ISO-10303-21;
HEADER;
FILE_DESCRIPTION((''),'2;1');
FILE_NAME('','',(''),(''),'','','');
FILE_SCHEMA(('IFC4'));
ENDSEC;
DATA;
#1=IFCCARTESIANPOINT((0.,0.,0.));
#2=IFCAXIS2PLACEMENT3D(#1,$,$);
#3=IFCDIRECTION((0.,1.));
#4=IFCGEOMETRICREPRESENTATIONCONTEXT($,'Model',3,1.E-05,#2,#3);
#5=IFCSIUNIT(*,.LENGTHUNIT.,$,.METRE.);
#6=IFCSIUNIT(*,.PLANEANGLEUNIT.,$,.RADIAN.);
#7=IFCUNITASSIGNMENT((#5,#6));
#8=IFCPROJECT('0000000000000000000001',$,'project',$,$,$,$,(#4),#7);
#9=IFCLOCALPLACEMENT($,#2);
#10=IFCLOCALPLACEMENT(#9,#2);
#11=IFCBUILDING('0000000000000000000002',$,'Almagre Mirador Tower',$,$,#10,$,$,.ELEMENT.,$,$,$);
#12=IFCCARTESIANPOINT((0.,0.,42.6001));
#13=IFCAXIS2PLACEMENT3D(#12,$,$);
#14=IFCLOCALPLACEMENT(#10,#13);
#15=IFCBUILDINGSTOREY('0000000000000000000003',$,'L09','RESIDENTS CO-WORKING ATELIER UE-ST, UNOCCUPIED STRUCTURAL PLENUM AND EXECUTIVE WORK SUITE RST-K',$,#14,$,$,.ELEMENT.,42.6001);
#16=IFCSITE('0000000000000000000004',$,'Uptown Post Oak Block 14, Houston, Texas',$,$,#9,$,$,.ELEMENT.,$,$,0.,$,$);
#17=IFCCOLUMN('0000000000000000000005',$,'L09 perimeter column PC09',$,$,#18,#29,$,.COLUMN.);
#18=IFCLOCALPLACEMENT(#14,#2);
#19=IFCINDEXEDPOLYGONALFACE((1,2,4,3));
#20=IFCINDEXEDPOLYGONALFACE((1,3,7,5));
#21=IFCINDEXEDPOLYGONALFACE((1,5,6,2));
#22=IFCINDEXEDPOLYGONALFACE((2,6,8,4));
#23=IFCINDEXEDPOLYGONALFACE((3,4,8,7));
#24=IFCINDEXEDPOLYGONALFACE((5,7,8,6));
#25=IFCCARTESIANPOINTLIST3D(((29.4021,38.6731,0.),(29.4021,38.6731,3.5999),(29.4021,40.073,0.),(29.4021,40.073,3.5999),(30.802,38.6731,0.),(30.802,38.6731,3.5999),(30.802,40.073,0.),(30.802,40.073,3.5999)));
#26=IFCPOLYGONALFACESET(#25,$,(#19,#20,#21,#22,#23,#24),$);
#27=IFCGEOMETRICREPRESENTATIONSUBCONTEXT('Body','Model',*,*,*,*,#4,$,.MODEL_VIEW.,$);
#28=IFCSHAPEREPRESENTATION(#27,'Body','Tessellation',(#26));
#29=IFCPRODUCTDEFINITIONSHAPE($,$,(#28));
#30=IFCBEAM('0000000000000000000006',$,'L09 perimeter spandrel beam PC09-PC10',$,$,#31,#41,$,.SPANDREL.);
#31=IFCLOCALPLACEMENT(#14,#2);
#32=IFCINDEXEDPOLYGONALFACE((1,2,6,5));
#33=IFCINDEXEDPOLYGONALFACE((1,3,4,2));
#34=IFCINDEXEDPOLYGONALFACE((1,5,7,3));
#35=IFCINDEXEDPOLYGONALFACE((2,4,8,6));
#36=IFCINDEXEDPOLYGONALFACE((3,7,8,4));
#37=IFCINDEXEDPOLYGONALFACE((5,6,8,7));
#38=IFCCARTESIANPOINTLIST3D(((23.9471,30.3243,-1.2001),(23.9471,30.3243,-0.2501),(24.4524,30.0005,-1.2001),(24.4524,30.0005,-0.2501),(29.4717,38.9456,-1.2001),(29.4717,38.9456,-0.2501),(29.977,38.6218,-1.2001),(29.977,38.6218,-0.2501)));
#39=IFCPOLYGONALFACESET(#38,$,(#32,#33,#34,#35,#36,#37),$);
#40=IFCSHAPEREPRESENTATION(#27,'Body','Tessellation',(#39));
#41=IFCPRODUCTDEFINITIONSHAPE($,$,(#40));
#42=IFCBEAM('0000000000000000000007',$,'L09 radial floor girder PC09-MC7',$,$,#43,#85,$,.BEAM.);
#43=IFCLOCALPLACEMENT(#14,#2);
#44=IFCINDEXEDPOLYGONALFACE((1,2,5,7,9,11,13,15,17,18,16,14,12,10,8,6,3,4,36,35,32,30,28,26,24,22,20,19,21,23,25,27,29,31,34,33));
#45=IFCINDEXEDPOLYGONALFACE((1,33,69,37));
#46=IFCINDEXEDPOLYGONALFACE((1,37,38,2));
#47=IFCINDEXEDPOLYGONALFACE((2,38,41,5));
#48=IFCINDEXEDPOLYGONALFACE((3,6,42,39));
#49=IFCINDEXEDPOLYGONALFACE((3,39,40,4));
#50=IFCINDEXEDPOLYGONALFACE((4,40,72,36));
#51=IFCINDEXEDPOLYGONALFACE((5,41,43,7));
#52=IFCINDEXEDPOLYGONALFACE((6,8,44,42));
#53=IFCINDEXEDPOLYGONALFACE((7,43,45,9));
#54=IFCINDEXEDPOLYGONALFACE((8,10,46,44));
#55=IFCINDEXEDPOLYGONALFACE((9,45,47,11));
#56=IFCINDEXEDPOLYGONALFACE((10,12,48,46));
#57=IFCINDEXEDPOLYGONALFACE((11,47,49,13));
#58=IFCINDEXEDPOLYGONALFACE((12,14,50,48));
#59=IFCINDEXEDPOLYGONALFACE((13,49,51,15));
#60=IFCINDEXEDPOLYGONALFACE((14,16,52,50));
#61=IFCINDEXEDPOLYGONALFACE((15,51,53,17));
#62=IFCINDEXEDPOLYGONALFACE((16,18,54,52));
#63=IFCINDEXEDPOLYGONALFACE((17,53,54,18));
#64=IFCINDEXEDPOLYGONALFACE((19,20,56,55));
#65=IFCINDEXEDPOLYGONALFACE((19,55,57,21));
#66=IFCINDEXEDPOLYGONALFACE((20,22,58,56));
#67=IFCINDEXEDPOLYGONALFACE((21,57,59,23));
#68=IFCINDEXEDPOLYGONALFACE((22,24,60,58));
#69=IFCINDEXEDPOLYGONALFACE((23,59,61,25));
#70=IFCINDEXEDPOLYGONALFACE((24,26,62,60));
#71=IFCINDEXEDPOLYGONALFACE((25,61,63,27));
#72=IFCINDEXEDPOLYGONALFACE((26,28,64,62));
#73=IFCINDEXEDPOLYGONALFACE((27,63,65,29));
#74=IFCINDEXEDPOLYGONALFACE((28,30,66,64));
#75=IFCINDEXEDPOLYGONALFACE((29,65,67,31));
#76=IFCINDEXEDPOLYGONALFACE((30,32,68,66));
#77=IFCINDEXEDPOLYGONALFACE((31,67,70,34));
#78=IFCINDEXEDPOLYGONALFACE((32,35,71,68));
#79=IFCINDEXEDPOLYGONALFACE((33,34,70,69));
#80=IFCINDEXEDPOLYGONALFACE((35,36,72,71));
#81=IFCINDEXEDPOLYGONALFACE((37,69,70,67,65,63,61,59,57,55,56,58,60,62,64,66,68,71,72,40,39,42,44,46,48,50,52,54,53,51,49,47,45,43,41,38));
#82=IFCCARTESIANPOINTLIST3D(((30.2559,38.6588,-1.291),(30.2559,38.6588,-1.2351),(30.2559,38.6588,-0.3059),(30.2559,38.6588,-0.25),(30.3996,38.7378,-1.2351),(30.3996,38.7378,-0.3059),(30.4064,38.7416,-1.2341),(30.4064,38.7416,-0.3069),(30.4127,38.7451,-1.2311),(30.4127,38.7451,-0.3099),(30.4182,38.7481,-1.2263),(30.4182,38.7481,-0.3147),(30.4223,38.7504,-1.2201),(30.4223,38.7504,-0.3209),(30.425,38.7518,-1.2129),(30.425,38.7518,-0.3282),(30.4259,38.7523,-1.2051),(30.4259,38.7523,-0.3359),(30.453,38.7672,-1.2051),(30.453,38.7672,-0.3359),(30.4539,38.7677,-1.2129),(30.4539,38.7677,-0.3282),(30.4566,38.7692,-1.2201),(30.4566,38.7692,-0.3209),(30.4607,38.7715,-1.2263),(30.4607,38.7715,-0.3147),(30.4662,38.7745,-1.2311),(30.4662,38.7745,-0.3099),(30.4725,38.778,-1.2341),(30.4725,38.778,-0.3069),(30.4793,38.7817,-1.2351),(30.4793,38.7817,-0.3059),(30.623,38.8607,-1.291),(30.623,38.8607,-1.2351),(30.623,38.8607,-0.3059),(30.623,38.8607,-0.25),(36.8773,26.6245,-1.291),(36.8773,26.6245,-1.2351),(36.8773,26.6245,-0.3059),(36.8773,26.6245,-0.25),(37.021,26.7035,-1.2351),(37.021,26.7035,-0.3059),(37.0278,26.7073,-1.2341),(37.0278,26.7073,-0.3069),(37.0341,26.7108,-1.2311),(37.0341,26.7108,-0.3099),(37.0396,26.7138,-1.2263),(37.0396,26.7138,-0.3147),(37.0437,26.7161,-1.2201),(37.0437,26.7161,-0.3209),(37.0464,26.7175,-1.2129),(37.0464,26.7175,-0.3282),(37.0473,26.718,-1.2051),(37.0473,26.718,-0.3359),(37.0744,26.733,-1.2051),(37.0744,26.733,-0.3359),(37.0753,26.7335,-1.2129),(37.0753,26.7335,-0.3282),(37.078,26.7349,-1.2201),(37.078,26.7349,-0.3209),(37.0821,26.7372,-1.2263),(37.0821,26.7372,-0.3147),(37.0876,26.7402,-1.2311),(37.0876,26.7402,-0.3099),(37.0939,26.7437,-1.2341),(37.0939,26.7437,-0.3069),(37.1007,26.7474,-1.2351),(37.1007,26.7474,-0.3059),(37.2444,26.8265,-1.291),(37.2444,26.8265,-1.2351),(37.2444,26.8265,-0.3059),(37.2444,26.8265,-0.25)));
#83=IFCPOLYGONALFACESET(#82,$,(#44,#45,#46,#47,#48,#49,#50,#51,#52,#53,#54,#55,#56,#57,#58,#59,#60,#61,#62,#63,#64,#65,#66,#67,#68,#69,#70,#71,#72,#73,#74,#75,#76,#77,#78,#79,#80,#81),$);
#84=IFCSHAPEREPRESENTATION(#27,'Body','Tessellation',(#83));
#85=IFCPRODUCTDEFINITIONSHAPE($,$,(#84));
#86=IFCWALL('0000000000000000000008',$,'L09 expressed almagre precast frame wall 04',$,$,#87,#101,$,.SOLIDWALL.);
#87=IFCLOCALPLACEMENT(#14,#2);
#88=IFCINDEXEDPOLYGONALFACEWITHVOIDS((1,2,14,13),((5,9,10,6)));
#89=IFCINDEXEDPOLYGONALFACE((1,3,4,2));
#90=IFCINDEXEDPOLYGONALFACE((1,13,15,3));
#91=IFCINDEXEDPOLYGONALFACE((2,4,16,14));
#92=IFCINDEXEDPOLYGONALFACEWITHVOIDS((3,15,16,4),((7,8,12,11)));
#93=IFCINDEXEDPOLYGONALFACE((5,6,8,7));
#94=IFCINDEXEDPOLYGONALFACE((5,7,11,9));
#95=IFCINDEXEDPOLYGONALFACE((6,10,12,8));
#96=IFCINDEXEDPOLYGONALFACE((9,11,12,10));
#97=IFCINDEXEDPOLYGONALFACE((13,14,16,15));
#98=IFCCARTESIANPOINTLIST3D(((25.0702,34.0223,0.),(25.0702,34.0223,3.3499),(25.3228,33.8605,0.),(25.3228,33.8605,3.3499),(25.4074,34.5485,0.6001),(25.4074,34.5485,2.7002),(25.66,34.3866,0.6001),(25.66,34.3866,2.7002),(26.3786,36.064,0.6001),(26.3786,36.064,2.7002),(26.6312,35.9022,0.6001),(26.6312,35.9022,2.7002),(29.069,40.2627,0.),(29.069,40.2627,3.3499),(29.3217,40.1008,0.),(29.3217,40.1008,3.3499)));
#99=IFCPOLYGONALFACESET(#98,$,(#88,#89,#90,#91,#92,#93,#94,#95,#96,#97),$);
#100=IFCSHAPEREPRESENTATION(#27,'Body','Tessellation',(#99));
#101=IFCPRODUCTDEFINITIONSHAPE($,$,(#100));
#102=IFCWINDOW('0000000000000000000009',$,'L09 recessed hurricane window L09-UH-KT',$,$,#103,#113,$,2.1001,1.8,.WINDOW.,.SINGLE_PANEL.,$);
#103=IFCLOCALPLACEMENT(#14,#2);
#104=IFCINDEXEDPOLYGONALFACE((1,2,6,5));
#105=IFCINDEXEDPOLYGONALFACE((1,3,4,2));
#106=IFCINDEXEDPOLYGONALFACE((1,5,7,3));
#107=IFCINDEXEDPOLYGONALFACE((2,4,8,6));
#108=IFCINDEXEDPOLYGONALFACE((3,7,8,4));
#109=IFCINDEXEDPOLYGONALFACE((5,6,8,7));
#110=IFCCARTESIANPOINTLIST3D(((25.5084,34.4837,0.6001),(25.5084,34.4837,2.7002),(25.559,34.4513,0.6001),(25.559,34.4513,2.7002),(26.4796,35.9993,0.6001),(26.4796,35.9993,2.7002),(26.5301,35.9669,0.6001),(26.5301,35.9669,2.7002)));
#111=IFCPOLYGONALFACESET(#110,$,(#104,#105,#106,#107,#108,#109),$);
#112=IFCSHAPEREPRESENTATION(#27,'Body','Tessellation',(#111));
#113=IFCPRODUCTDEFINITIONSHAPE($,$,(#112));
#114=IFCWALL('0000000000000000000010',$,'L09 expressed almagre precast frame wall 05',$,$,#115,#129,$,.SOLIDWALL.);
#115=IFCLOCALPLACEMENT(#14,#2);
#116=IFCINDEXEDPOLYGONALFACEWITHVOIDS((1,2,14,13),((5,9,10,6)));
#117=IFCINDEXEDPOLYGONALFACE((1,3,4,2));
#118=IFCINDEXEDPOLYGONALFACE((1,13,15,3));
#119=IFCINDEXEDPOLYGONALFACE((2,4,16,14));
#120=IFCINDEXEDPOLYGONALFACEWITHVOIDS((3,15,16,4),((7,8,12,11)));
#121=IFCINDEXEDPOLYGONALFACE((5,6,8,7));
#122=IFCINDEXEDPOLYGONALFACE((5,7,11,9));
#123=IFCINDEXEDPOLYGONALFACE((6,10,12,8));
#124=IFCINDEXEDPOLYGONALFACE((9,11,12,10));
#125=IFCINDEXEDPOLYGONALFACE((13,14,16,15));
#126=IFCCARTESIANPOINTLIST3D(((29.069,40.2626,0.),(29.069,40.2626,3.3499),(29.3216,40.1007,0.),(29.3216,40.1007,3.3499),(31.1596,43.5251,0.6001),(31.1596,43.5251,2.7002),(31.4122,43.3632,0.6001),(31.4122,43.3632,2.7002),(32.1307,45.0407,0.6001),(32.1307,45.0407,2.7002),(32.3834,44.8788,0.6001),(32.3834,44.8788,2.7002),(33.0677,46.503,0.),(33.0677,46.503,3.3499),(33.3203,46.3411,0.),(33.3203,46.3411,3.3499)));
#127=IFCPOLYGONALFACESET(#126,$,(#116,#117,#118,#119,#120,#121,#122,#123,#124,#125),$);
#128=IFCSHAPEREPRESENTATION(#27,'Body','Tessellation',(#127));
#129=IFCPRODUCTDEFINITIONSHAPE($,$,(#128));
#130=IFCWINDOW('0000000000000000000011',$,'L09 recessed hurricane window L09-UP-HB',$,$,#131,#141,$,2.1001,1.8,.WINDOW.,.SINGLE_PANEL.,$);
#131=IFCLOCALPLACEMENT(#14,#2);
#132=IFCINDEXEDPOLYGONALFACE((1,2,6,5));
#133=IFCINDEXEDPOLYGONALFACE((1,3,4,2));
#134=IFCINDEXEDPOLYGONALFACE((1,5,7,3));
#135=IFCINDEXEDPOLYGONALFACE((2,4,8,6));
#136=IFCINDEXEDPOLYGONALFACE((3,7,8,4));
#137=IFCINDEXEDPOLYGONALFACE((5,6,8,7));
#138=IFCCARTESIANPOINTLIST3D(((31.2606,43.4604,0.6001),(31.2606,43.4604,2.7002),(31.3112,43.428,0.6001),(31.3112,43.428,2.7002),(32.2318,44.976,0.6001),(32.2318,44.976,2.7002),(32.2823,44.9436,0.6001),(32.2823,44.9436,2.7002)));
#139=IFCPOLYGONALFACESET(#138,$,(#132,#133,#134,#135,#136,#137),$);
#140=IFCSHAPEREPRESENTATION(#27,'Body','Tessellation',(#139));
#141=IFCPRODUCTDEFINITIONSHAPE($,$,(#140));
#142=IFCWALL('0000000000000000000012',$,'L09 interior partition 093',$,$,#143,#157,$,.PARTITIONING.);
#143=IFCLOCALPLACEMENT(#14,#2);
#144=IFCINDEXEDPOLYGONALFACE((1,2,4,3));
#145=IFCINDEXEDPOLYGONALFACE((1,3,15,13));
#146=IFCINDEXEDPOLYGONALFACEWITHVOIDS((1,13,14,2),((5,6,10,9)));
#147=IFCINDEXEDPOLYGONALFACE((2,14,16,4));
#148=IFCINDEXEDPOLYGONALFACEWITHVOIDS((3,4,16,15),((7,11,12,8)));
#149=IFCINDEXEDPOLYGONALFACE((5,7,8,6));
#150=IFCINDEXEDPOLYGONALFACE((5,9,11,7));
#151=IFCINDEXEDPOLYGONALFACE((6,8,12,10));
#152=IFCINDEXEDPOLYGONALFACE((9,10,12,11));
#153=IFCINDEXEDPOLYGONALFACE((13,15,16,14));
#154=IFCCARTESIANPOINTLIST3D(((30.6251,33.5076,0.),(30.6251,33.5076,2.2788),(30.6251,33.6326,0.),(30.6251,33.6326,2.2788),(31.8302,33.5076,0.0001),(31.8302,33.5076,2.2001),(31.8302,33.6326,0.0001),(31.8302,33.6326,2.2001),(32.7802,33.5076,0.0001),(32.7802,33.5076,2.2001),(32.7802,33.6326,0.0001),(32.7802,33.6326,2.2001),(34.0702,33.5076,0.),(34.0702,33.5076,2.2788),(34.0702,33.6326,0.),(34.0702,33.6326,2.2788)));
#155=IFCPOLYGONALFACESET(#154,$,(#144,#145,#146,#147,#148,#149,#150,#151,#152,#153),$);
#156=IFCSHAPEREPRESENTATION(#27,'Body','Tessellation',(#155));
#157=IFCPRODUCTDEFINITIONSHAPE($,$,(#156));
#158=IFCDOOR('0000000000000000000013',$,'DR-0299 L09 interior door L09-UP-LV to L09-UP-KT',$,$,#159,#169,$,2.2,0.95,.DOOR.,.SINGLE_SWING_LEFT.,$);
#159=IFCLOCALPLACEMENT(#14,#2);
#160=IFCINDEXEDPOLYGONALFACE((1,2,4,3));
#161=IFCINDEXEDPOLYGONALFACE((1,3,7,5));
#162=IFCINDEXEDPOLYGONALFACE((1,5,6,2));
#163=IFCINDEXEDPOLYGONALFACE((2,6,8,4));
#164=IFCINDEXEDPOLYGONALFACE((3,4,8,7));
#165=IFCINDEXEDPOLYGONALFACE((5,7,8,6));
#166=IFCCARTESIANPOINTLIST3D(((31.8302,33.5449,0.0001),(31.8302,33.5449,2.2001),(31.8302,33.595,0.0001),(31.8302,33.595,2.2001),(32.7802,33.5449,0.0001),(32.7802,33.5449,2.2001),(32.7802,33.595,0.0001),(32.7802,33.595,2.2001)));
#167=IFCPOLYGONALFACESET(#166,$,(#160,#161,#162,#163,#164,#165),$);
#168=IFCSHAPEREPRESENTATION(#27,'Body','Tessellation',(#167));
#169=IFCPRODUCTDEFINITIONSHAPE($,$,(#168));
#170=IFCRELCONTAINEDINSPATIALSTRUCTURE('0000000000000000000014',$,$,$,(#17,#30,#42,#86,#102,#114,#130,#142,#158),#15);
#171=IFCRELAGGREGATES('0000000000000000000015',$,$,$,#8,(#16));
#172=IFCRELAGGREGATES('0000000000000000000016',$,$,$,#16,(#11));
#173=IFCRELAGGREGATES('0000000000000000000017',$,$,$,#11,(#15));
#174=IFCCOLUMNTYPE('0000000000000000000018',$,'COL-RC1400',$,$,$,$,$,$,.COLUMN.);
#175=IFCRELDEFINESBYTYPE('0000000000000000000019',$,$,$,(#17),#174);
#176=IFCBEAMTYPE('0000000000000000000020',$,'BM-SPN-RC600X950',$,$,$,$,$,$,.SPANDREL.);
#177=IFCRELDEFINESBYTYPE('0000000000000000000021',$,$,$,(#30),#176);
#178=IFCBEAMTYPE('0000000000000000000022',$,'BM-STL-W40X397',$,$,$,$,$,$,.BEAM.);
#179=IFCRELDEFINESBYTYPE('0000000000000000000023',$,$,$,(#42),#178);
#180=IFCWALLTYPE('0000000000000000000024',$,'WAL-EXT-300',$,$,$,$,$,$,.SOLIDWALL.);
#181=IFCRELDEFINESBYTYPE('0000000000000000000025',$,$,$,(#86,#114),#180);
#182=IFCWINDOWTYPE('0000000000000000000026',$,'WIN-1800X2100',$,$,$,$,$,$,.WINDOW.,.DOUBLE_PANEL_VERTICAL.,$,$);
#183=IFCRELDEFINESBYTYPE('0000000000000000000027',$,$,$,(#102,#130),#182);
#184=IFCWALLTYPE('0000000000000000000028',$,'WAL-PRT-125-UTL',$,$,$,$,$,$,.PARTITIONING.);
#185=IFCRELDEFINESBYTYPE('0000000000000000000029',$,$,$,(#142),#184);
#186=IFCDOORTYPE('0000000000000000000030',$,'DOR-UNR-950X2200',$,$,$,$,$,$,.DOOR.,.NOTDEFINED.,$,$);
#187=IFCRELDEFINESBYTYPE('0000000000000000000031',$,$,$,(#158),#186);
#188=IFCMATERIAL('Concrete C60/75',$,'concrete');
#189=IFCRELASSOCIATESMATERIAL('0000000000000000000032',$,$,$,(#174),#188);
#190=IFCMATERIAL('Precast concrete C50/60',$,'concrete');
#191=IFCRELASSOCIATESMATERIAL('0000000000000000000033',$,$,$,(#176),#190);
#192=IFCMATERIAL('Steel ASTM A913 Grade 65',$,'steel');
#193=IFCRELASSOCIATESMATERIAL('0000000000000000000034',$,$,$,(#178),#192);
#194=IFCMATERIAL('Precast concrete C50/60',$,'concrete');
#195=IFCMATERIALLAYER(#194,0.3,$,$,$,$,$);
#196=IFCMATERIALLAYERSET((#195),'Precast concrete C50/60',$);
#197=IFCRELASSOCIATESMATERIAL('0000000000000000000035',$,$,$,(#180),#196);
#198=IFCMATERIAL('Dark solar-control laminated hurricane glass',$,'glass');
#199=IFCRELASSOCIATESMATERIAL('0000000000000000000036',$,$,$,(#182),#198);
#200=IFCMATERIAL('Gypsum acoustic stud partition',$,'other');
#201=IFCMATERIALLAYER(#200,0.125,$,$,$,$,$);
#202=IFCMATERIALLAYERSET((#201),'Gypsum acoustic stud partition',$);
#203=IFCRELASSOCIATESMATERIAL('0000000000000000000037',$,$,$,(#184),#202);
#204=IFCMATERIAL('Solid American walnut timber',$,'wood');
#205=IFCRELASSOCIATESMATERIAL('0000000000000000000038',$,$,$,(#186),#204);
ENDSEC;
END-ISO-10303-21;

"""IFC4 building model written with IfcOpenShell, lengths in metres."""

from ifc_helpers import new_model, si_unit, direction, frame, frame_2d, origin, origin_2d, place, context, subcontext, project, spatial, rectangle, i_section, extrude, material, layer, layer_set, material_profile, profile_set, type_object, element, fill, save


model = new_model("IFC4")

# Units and contexts
model_context = context("Model", 3, precision=1e-05, world=origin(), true_north=direction((0.0, 1.0)))
body_context = subcontext(model_context, "Body", "Model", "MODEL_VIEW")
ifc_project = project(units=[si_unit("LENGTHUNIT", "METRE"), si_unit("PLANEANGLEUNIT", "RADIAN")], contexts=[model_context])

# Site, building, storey
site_placement = place(None, origin())
site = spatial("IfcSite", under=ifc_project, at=site_placement, Name="Uptown Post Oak Block 14, Houston, Texas", CompositionType="ELEMENT", RefElevation=0.0)
building_placement = place(site_placement, origin())
building = spatial("IfcBuilding", under=site, at=building_placement, Name="Almagre Mirador Tower", CompositionType="ELEMENT")
storey_placement = place(building_placement, frame((0.0, 0.0, 42.6001)))
storey = spatial("IfcBuildingStorey", under=building, at=storey_placement, Name="L09", Description="RESIDENTS CO-WORKING ATELIER UE-ST, UNOCCUPIED STRUCTURAL PLENUM AND EXECUTIVE WORK SUITE RST-K", CompositionType="ELEMENT", Elevation=42.6001)

# Column
ifc_material_1 = material(Name="Concrete C60/75", Category="concrete")
ifc_material_profile_1 = material_profile(ifc_material_1, rectangle(XDim=1.3999, YDim=1.3999, at=origin_2d()), Name="RC1400X1400")
ifc_profile_set_1 = profile_set([ifc_material_profile_1], Name="Concrete C60/75")
column_type = type_object("IfcColumnType", Name="COL-RC1400", PredefinedType="COLUMN", material=ifc_profile_set_1)
column_placement = place(storey_placement, frame((30.1021, 39.373, 0.0), z_axis=(0.0, 0.0, 1.0), x_axis=(1.0, 0.0, 0.0)))
element("IfcColumn", 1, at=column_placement, inside=storey, type_object=column_type, Name="L09 perimeter column PC09", PredefinedType="COLUMN", context=body_context, shape_type="SweptSolid", body=[
    extrude(rectangle(XDim=1.3999, YDim=1.3999, at=origin_2d()), origin(), (0.0, 0.0, 1.0), 3.5999),
])

# Beams
ifc_material_2 = material(Name="Precast concrete C50/60", Category="concrete")
ifc_material_profile_2 = material_profile(ifc_material_2, rectangle(XDim=0.6001, YDim=0.95, at=origin_2d()), Name="RC600X950")
ifc_profile_set_2 = profile_set([ifc_material_profile_2], Name="Precast concrete C50/60")
beam_type_1 = type_object("IfcBeamType", Name="BM-SPN-RC600X950", PredefinedType="SPANDREL", material=ifc_profile_set_2)
beam_1_placement = place(storey_placement, frame((29.7244, 38.7837, -0.7251), z_axis=(-0.539539, -0.841961, 0.0), x_axis=(0.841961, -0.539539, 0.0)))
element("IfcBeam", 2, at=beam_1_placement, inside=storey, type_object=beam_type_1, Name="L09 perimeter spandrel beam PC09-PC10", PredefinedType="SPANDREL", context=body_context, shape_type="SweptSolid", body=[
    extrude(rectangle(XDim=0.6001, YDim=0.95, at=origin_2d()), origin(), (0.0, 0.0, 1.0), 10.2395),
])
ifc_material_3 = material(Name="Steel ASTM A913 Grade 65", Category="steel")
ifc_material_profile_3 = material_profile(ifc_material_3, i_section(OverallWidth=0.4189, OverallDepth=1.041, WebThickness=0.031, FlangeThickness=0.0559, FilletRadius=0.03, at=origin_2d()), Name="W40X397")
ifc_profile_set_3 = profile_set([ifc_material_profile_3], Name="Steel ASTM A913 Grade 65")
beam_type_2 = type_object("IfcBeamType", Name="BM-STL-W40X397", PredefinedType="BEAM", material=ifc_profile_set_3)
beam_2_placement = place(storey_placement, frame((30.4395, 38.7598, -0.7705), z_axis=(0.482061, -0.876138, 0.0), x_axis=(0.876138, 0.482061, 0.0)))
element("IfcBeam", 3, at=beam_2_placement, inside=storey, type_object=beam_type_2, Name="L09 radial floor girder PC09-MC7", PredefinedType="BEAM", context=body_context, shape_type="SweptSolid", body=[
    extrude(i_section(OverallWidth=0.4189, OverallDepth=1.041, WebThickness=0.031, FlangeThickness=0.0559, FilletRadius=0.03, at=origin_2d()), origin(), (0.0, 0.0, 1.0), 13.7356),
])

# Walls, openings, windows
ifc_material_4 = material(Name="Precast concrete C50/60", Category="concrete")
ifc_layer_1 = layer(ifc_material_4, 0.3)
ifc_layer_set_1 = layer_set([ifc_layer_1], Name="Precast concrete C50/60")
wall_type_1 = type_object("IfcWallType", Name="WAL-EXT-300", PredefinedType="SOLIDWALL", material=ifc_layer_set_1)
wall_1_placement = place(storey_placement, frame((25.1965, 33.9414, 0.0), z_axis=(0.0, 0.0, 1.0), x_axis=(0.539535, 0.841963, 0.0)))
wall_1 = element("IfcWall", 4, at=wall_1_placement, inside=storey, type_object=wall_type_1, Name="L09 expressed almagre precast frame wall 04", PredefinedType="SOLIDWALL", context=body_context, shape_type="SweptSolid", body=[
    extrude(rectangle(XDim=7.4116, YDim=0.3, at=frame_2d((3.7058, 0.0))), origin(), (0.0, 0.0, 1.0), 3.3499),
])
opening_1_placement = place(wall_1_placement, frame((0.625, 0.0, 0.6001)))
opening_1 = element("IfcOpeningElement", 5, at=opening_1_placement, cuts=wall_1, PredefinedType="OPENING", context=body_context, shape_type="SweptSolid", body=[
    extrude(rectangle(XDim=1.8, YDim=2.1001, at=frame_2d((0.8999, 1.05))), frame((0.0, 0.1599, 0.0), z_axis=(0.0, -1.0, 0.0), x_axis=(1.0, 0.0, 0.0)), (0.0, 0.0, 1.0), 0.32),
])
ifc_material_5 = material(Name="Dark solar-control laminated hurricane glass", Category="glass")
window_type = type_object("IfcWindowType", Name="WIN-1800X2100", PartitioningType="DOUBLE_PANEL_VERTICAL", PredefinedType="WINDOW", material=ifc_material_5)
window_1_placement = place(opening_1_placement, origin())
window_1 = element("IfcWindow", 6, at=window_1_placement, inside=storey, type_object=window_type, Name="L09 recessed hurricane window L09-UH-KT", OverallHeight=2.1001, OverallWidth=1.8, PartitioningType="SINGLE_PANEL", PredefinedType="WINDOW", context=body_context, shape_type="SweptSolid", body=[
    extrude(rectangle(XDim=1.8, YDim=2.1001, at=frame_2d((0.8999, 1.05))), frame((0.0, 0.03, 0.0), z_axis=(0.0, -1.0, 0.0), x_axis=(1.0, 0.0, 0.0)), (0.0, 0.0, 1.0), 0.0601),
])
fill(opening_1, window_1)
wall_2_placement = place(storey_placement, frame((29.1953, 40.1816, 0.0), z_axis=(0.0, 0.0, 1.0), x_axis=(0.53952, 0.841973, 0.0)))
wall_2 = element("IfcWall", 7, at=wall_2_placement, inside=storey, type_object=wall_type_1, Name="L09 expressed almagre precast frame wall 05", PredefinedType="SOLIDWALL", context=body_context, shape_type="SweptSolid", body=[
    extrude(rectangle(XDim=7.4116, YDim=0.3, at=frame_2d((3.7058, 0.0))), origin(), (0.0, 0.0, 1.0), 3.3499),
])
opening_2_placement = place(wall_2_placement, frame((3.875, 0.0, 0.6001)))
opening_2 = element("IfcOpeningElement", 8, at=opening_2_placement, cuts=wall_2, PredefinedType="OPENING", context=body_context, shape_type="SweptSolid", body=[
    extrude(rectangle(XDim=1.8, YDim=2.1001, at=frame_2d((0.8999, 1.05))), frame((0.0, 0.1599, 0.0), z_axis=(0.0, -1.0, 0.0), x_axis=(1.0, 0.0, 0.0)), (0.0, 0.0, 1.0), 0.32),
])
window_2_placement = place(opening_2_placement, origin())
window_2 = element("IfcWindow", 9, at=window_2_placement, inside=storey, type_object=window_type, Name="L09 recessed hurricane window L09-UP-HB", OverallHeight=2.1001, OverallWidth=1.8, PartitioningType="SINGLE_PANEL", PredefinedType="WINDOW", context=body_context, shape_type="SweptSolid", body=[
    extrude(rectangle(XDim=1.8, YDim=2.1001, at=frame_2d((0.8999, 1.05))), frame((0.0, 0.03, 0.0), z_axis=(0.0, -1.0, 0.0), x_axis=(1.0, 0.0, 0.0)), (0.0, 0.0, 1.0), 0.0601),
])
fill(opening_2, window_2)

# Wall, opening, door
ifc_material_6 = material(Name="Gypsum acoustic stud partition", Category="other")
ifc_layer_2 = layer(ifc_material_6, 0.125)
ifc_layer_set_2 = layer_set([ifc_layer_2], Name="Gypsum acoustic stud partition")
wall_type_2 = type_object("IfcWallType", Name="WAL-PRT-125-UTL", PredefinedType="PARTITIONING", material=ifc_layer_set_2)
wall_3_placement = place(storey_placement, frame((30.625, 33.5701, 0.0), z_axis=(0.0, 0.0, 1.0), x_axis=(1.0, 0.0, 0.0)))
wall_3 = element("IfcWall", 10, at=wall_3_placement, inside=storey, type_object=wall_type_2, Name="L09 interior partition 093", PredefinedType="PARTITIONING", context=body_context, shape_type="SweptSolid", body=[
    extrude(rectangle(XDim=3.4451, YDim=0.125, at=frame_2d((1.7227, 0.0))), origin(), (0.0, 0.0, 1.0), 2.2788),
])
opening_3_placement = place(wall_3_placement, frame((1.2051, 0.0, 0.0)))
opening_3 = element("IfcOpeningElement", 11, at=opening_3_placement, cuts=wall_3, PredefinedType="OPENING", context=body_context, shape_type="SweptSolid", body=[
    extrude(rectangle(XDim=0.95, YDim=2.2, at=frame_2d((0.4751, 1.1001))), frame((0.0, 0.0725, 0.0), z_axis=(0.0, -1.0, 0.0), x_axis=(1.0, 0.0, 0.0)), (0.0, 0.0, 1.0), 0.145),
])
ifc_material_7 = material(Name="Solid American walnut timber", Category="wood")
door_type_1 = type_object("IfcDoorType", Name="DOR-UNR-950X2200", OperationType="NOTDEFINED", PredefinedType="DOOR", material=ifc_material_7)
door_1_placement = place(opening_3_placement, origin())
door_1 = element("IfcDoor", 12, at=door_1_placement, inside=storey, type_object=door_type_1, Name="DR-0299 L09 interior door L09-UP-LV to L09-UP-KT", OperationType="SINGLE_SWING_LEFT", OverallHeight=2.2, OverallWidth=0.95, PredefinedType="DOOR", context=body_context, shape_type="SweptSolid", body=[
    extrude(rectangle(XDim=0.95, YDim=2.2, at=frame_2d((0.4751, 1.1001))), frame((0.0, 0.0249, 0.0), z_axis=(0.0, -1.0, 0.0), x_axis=(1.0, 0.0, 0.0)), (0.0, 0.0, 1.0), 0.05),
])
fill(opening_3, door_1)

save(model, "model.ifc")
